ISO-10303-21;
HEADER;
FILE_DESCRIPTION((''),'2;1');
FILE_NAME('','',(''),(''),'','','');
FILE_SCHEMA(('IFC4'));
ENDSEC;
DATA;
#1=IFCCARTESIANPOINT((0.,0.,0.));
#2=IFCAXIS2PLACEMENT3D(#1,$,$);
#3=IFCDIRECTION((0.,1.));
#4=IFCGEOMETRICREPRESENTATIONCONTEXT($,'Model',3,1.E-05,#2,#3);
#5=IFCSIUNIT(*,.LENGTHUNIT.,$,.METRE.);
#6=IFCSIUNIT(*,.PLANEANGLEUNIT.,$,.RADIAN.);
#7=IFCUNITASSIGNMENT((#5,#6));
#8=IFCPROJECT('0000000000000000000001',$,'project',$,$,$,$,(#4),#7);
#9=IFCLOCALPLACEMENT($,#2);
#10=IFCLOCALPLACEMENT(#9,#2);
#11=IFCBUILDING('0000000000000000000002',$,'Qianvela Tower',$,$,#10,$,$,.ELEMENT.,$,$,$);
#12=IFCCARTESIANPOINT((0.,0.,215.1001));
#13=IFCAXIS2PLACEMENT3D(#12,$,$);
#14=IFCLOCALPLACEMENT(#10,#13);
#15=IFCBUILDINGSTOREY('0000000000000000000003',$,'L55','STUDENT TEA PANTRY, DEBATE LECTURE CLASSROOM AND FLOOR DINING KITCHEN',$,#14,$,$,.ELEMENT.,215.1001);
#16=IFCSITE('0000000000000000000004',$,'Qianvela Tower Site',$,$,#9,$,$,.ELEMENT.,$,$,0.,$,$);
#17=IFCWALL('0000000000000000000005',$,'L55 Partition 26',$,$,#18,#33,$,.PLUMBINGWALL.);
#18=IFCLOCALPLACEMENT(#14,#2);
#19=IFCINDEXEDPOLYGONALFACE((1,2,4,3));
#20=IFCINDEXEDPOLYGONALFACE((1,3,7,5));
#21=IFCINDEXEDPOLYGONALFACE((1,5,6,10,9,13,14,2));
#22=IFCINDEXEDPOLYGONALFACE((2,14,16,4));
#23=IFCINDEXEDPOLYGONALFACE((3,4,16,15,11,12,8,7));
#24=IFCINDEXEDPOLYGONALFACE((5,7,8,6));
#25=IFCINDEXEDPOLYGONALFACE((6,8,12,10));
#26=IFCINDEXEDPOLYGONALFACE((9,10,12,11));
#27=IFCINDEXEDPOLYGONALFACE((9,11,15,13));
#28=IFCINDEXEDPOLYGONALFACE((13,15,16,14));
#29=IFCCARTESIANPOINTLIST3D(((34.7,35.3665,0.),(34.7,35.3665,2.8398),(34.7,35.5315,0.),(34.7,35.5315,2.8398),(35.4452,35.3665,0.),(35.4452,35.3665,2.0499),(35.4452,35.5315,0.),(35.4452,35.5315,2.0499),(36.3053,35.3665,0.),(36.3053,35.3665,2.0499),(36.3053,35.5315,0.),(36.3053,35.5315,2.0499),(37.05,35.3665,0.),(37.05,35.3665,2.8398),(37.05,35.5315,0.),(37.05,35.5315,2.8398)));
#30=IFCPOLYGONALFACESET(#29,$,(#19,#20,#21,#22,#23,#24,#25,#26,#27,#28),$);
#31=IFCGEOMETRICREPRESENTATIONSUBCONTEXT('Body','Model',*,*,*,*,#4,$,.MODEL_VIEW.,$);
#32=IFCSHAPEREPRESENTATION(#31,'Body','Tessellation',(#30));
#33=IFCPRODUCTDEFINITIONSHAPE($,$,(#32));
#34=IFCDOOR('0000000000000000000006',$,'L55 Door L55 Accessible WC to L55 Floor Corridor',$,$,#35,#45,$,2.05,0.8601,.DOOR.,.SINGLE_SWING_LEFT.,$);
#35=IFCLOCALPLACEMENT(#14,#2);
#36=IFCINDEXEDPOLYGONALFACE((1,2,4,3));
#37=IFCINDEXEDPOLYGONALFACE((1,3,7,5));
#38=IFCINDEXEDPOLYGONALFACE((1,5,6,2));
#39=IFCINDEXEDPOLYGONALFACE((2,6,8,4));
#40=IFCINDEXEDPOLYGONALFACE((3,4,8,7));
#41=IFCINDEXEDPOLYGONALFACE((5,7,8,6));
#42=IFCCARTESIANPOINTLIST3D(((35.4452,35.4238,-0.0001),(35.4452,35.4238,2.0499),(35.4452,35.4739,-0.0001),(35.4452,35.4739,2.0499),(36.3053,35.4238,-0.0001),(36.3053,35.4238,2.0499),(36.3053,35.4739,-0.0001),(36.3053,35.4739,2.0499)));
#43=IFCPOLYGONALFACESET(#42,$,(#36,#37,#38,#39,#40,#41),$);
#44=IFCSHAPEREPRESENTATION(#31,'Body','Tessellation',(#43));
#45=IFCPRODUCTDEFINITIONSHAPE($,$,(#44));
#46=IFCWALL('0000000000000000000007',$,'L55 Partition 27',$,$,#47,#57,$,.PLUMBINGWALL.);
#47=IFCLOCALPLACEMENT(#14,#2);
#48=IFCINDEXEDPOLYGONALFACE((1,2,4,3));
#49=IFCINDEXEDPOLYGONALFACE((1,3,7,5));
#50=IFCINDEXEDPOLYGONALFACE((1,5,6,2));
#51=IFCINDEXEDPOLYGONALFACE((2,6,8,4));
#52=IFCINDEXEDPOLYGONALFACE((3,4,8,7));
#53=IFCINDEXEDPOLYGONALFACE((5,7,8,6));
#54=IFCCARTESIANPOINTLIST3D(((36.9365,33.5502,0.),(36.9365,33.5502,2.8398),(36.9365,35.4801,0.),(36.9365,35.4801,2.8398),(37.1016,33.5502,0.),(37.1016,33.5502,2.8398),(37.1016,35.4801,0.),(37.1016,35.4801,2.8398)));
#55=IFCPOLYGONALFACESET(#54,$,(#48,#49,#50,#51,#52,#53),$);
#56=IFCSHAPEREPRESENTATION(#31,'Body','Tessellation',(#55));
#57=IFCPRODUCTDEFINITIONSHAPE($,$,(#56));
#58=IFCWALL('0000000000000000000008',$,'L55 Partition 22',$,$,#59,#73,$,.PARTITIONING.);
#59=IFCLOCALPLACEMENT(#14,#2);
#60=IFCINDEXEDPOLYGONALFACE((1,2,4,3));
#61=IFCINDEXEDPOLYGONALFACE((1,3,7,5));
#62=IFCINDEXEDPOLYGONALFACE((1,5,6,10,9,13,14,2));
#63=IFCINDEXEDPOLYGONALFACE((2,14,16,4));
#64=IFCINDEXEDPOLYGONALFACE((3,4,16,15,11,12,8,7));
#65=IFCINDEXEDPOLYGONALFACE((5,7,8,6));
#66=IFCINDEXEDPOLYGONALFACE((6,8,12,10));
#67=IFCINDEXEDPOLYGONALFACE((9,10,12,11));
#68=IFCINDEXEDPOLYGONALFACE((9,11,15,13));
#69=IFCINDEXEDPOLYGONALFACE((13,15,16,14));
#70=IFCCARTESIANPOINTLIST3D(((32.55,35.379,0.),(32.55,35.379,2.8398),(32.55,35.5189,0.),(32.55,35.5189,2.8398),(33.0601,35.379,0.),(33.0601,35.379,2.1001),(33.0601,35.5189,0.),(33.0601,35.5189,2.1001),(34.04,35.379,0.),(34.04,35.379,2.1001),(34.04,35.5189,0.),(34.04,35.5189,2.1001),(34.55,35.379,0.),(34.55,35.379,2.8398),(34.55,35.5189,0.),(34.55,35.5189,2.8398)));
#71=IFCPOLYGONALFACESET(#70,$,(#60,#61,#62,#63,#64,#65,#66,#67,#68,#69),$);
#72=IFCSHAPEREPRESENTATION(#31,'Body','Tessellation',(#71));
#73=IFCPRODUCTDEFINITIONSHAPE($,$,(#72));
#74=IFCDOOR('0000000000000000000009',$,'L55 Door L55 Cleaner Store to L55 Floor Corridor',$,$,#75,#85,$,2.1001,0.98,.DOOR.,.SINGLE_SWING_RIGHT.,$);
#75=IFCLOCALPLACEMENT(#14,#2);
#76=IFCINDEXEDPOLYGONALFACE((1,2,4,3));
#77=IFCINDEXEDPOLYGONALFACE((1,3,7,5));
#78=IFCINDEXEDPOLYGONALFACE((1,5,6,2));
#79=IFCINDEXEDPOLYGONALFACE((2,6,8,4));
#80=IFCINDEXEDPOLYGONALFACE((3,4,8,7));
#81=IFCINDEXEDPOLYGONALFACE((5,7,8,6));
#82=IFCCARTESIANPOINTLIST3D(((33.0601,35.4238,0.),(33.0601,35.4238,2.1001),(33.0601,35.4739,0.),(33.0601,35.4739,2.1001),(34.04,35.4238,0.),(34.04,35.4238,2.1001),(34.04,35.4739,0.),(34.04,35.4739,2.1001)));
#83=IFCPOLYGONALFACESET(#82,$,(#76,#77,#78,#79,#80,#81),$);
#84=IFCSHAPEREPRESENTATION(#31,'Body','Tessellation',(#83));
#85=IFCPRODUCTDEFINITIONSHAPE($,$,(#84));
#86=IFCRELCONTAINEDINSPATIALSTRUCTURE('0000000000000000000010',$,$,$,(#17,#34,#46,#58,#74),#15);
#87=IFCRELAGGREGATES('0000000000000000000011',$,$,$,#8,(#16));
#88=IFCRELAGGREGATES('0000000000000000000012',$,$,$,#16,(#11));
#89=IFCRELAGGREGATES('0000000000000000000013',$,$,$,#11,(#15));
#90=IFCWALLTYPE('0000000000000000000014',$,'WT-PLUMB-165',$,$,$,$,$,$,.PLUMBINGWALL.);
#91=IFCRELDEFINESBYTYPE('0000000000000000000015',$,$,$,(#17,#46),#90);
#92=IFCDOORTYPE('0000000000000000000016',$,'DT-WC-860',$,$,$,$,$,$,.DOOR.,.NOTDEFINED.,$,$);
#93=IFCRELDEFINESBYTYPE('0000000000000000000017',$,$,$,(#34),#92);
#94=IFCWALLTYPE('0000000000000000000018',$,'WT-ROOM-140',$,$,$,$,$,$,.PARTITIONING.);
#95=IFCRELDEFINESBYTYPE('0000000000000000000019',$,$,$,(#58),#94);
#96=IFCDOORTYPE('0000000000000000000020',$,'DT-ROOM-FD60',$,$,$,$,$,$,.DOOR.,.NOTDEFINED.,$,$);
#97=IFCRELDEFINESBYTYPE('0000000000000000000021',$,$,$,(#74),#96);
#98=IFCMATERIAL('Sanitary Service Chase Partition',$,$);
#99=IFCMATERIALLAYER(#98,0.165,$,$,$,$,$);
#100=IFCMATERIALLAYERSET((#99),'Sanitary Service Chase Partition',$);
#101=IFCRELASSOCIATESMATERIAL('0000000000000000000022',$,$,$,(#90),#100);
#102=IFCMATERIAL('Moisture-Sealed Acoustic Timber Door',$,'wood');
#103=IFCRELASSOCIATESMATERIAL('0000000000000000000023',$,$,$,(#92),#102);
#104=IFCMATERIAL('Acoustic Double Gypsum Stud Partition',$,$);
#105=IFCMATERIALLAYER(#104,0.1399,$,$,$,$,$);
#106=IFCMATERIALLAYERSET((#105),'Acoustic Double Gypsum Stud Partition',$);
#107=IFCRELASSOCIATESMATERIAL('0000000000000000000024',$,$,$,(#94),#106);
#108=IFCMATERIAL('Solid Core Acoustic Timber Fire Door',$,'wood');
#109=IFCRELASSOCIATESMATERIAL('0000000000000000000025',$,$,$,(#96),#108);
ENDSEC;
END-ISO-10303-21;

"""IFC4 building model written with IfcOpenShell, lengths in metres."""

from ifc_helpers import new_model, si_unit, direction, frame, frame_2d, origin, place, context, subcontext, project, spatial, rectangle, extrude, material, layer, layer_set, type_object, element, fill, save


model = new_model("IFC4")

# Units and contexts
model_context = context("Model", 3, precision=1e-05, world=origin(), true_north=direction((0.0, 1.0)))
body_context = subcontext(model_context, "Body", "Model", "MODEL_VIEW")
ifc_project = project(units=[si_unit("LENGTHUNIT", "METRE"), si_unit("PLANEANGLEUNIT", "RADIAN")], contexts=[model_context])

# Site, building, storey
site_placement = place(None, origin())
site = spatial("IfcSite", under=ifc_project, at=site_placement, Name="Qianvela Tower Site", CompositionType="ELEMENT", RefElevation=0.0)
building_placement = place(site_placement, origin())
building = spatial("IfcBuilding", under=site, at=building_placement, Name="Qianvela Tower", CompositionType="ELEMENT")
storey_placement = place(building_placement, frame((0.0, 0.0, 215.1001)))
storey = spatial("IfcBuildingStorey", under=building, at=storey_placement, Name="L55", Description="STUDENT TEA PANTRY, DEBATE LECTURE CLASSROOM AND FLOOR DINING KITCHEN", CompositionType="ELEMENT", Elevation=215.1001)

# Wall, opening, door
ifc_material_1 = material(Name="Sanitary Service Chase Partition")
ifc_layer_1 = layer(ifc_material_1, 0.165)
ifc_layer_set_1 = layer_set([ifc_layer_1], Name="Sanitary Service Chase Partition")
wall_type_1 = type_object("IfcWallType", Name="WT-PLUMB-165", PredefinedType="PLUMBINGWALL", material=ifc_layer_set_1)
wall_1_placement = place(storey_placement, frame((34.7, 35.449, 0.0), z_axis=(0.0, 0.0, 1.0), x_axis=(1.0, 0.0, 0.0)))
wall_1 = element("IfcWall", 1, at=wall_1_placement, inside=storey, type_object=wall_type_1, Name="L55 Partition 26", PredefinedType="PLUMBINGWALL", context=body_context, shape_type="SweptSolid", body=[
    extrude(rectangle(XDim=2.3501, YDim=0.165, at=frame_2d((1.175, 0.0))), origin(), (0.0, 0.0, 1.0), 2.8398),
])
opening_1_placement = place(wall_1_placement, frame((0.7451, 0.0, 0.0)))
opening_1 = element("IfcOpeningElement", 2, at=opening_1_placement, cuts=wall_1, PredefinedType="OPENING", context=body_context, shape_type="SweptSolid", body=[
    extrude(rectangle(XDim=0.8601, YDim=2.05, at=frame_2d((0.4302, 1.0249))), frame((0.0, 0.0925, 0.0), z_axis=(0.0, -1.0, 0.0), x_axis=(1.0, 0.0, 0.0)), (0.0, 0.0, 1.0), 0.1851),
])
ifc_material_2 = material(Name="Moisture-Sealed Acoustic Timber Door", Category="wood")
door_type_1 = type_object("IfcDoorType", Name="DT-WC-860", OperationType="NOTDEFINED", PredefinedType="DOOR", material=ifc_material_2)
door_1_placement = place(opening_1_placement, origin())
door_1 = element("IfcDoor", 3, at=door_1_placement, inside=storey, type_object=door_type_1, Name="L55 Door L55 Accessible WC to L55 Floor Corridor", OperationType="SINGLE_SWING_LEFT", OverallHeight=2.05, OverallWidth=0.8601, PredefinedType="DOOR", context=body_context, shape_type="SweptSolid", body=[
    extrude(rectangle(XDim=0.8601, YDim=2.05, at=frame_2d((0.4302, 1.0249))), frame((0.0, 0.0249, 0.0), z_axis=(0.0, -1.0, 0.0), x_axis=(1.0, 0.0, 0.0)), (0.0, 0.0, 1.0), 0.05),
])
fill(opening_1, door_1)

# Wall
wall_2_placement = place(storey_placement, frame((37.019, 35.48, 0.0), z_axis=(0.0, 0.0, 1.0), x_axis=(0.0, -1.0, 0.0)))
element("IfcWall", 4, at=wall_2_placement, inside=storey, type_object=wall_type_1, Name="L55 Partition 27", PredefinedType="PLUMBINGWALL", context=body_context, shape_type="SweptSolid", body=[
    extrude(rectangle(XDim=1.9299, YDim=0.165, at=frame_2d((0.9648, 0.0))), origin(), (0.0, 0.0, 1.0), 2.8398),
])

# Wall, opening, door
ifc_material_3 = material(Name="Acoustic Double Gypsum Stud Partition")
ifc_layer_2 = layer(ifc_material_3, 0.1399)
ifc_layer_set_2 = layer_set([ifc_layer_2], Name="Acoustic Double Gypsum Stud Partition")
wall_type_2 = type_object("IfcWallType", Name="WT-ROOM-140", PredefinedType="PARTITIONING", material=ifc_layer_set_2)
wall_3_placement = place(storey_placement, frame((32.55, 35.449, 0.0), z_axis=(0.0, 0.0, 1.0), x_axis=(1.0, 0.0, 0.0)))
wall_3 = element("IfcWall", 5, at=wall_3_placement, inside=storey, type_object=wall_type_2, Name="L55 Partition 22", PredefinedType="PARTITIONING", context=body_context, shape_type="SweptSolid", body=[
    extrude(rectangle(XDim=2.0, YDim=0.1399, at=frame_2d((1.0, 0.0))), origin(), (0.0, 0.0, 1.0), 2.8398),
])
opening_2_placement = place(wall_3_placement, frame((0.51, 0.0, 0.0)))
opening_2 = element("IfcOpeningElement", 6, at=opening_2_placement, cuts=wall_3, PredefinedType="OPENING", context=body_context, shape_type="SweptSolid", body=[
    extrude(rectangle(XDim=0.98, YDim=2.1001, at=frame_2d((0.49, 1.05))), frame((0.0, 0.0798, 0.0), z_axis=(0.0, -1.0, 0.0), x_axis=(1.0, 0.0, 0.0)), (0.0, 0.0, 1.0), 0.1599),
])
ifc_material_4 = material(Name="Solid Core Acoustic Timber Fire Door", Category="wood")
door_type_2 = type_object("IfcDoorType", Name="DT-ROOM-FD60", OperationType="NOTDEFINED", PredefinedType="DOOR", material=ifc_material_4)
door_2_placement = place(opening_2_placement, origin())
door_2 = element("IfcDoor", 7, at=door_2_placement, inside=storey, type_object=door_type_2, Name="L55 Door L55 Cleaner Store to L55 Floor Corridor", OperationType="SINGLE_SWING_RIGHT", OverallHeight=2.1001, OverallWidth=0.98, PredefinedType="DOOR", context=body_context, shape_type="SweptSolid", body=[
    extrude(rectangle(XDim=0.98, YDim=2.1001, at=frame_2d((0.49, 1.05))), frame((0.0, 0.0249, 0.0), z_axis=(0.0, -1.0, 0.0), x_axis=(1.0, 0.0, 0.0)), (0.0, 0.0, 1.0), 0.05),
])
fill(opening_2, door_2)

save(model, "model.ifc")
